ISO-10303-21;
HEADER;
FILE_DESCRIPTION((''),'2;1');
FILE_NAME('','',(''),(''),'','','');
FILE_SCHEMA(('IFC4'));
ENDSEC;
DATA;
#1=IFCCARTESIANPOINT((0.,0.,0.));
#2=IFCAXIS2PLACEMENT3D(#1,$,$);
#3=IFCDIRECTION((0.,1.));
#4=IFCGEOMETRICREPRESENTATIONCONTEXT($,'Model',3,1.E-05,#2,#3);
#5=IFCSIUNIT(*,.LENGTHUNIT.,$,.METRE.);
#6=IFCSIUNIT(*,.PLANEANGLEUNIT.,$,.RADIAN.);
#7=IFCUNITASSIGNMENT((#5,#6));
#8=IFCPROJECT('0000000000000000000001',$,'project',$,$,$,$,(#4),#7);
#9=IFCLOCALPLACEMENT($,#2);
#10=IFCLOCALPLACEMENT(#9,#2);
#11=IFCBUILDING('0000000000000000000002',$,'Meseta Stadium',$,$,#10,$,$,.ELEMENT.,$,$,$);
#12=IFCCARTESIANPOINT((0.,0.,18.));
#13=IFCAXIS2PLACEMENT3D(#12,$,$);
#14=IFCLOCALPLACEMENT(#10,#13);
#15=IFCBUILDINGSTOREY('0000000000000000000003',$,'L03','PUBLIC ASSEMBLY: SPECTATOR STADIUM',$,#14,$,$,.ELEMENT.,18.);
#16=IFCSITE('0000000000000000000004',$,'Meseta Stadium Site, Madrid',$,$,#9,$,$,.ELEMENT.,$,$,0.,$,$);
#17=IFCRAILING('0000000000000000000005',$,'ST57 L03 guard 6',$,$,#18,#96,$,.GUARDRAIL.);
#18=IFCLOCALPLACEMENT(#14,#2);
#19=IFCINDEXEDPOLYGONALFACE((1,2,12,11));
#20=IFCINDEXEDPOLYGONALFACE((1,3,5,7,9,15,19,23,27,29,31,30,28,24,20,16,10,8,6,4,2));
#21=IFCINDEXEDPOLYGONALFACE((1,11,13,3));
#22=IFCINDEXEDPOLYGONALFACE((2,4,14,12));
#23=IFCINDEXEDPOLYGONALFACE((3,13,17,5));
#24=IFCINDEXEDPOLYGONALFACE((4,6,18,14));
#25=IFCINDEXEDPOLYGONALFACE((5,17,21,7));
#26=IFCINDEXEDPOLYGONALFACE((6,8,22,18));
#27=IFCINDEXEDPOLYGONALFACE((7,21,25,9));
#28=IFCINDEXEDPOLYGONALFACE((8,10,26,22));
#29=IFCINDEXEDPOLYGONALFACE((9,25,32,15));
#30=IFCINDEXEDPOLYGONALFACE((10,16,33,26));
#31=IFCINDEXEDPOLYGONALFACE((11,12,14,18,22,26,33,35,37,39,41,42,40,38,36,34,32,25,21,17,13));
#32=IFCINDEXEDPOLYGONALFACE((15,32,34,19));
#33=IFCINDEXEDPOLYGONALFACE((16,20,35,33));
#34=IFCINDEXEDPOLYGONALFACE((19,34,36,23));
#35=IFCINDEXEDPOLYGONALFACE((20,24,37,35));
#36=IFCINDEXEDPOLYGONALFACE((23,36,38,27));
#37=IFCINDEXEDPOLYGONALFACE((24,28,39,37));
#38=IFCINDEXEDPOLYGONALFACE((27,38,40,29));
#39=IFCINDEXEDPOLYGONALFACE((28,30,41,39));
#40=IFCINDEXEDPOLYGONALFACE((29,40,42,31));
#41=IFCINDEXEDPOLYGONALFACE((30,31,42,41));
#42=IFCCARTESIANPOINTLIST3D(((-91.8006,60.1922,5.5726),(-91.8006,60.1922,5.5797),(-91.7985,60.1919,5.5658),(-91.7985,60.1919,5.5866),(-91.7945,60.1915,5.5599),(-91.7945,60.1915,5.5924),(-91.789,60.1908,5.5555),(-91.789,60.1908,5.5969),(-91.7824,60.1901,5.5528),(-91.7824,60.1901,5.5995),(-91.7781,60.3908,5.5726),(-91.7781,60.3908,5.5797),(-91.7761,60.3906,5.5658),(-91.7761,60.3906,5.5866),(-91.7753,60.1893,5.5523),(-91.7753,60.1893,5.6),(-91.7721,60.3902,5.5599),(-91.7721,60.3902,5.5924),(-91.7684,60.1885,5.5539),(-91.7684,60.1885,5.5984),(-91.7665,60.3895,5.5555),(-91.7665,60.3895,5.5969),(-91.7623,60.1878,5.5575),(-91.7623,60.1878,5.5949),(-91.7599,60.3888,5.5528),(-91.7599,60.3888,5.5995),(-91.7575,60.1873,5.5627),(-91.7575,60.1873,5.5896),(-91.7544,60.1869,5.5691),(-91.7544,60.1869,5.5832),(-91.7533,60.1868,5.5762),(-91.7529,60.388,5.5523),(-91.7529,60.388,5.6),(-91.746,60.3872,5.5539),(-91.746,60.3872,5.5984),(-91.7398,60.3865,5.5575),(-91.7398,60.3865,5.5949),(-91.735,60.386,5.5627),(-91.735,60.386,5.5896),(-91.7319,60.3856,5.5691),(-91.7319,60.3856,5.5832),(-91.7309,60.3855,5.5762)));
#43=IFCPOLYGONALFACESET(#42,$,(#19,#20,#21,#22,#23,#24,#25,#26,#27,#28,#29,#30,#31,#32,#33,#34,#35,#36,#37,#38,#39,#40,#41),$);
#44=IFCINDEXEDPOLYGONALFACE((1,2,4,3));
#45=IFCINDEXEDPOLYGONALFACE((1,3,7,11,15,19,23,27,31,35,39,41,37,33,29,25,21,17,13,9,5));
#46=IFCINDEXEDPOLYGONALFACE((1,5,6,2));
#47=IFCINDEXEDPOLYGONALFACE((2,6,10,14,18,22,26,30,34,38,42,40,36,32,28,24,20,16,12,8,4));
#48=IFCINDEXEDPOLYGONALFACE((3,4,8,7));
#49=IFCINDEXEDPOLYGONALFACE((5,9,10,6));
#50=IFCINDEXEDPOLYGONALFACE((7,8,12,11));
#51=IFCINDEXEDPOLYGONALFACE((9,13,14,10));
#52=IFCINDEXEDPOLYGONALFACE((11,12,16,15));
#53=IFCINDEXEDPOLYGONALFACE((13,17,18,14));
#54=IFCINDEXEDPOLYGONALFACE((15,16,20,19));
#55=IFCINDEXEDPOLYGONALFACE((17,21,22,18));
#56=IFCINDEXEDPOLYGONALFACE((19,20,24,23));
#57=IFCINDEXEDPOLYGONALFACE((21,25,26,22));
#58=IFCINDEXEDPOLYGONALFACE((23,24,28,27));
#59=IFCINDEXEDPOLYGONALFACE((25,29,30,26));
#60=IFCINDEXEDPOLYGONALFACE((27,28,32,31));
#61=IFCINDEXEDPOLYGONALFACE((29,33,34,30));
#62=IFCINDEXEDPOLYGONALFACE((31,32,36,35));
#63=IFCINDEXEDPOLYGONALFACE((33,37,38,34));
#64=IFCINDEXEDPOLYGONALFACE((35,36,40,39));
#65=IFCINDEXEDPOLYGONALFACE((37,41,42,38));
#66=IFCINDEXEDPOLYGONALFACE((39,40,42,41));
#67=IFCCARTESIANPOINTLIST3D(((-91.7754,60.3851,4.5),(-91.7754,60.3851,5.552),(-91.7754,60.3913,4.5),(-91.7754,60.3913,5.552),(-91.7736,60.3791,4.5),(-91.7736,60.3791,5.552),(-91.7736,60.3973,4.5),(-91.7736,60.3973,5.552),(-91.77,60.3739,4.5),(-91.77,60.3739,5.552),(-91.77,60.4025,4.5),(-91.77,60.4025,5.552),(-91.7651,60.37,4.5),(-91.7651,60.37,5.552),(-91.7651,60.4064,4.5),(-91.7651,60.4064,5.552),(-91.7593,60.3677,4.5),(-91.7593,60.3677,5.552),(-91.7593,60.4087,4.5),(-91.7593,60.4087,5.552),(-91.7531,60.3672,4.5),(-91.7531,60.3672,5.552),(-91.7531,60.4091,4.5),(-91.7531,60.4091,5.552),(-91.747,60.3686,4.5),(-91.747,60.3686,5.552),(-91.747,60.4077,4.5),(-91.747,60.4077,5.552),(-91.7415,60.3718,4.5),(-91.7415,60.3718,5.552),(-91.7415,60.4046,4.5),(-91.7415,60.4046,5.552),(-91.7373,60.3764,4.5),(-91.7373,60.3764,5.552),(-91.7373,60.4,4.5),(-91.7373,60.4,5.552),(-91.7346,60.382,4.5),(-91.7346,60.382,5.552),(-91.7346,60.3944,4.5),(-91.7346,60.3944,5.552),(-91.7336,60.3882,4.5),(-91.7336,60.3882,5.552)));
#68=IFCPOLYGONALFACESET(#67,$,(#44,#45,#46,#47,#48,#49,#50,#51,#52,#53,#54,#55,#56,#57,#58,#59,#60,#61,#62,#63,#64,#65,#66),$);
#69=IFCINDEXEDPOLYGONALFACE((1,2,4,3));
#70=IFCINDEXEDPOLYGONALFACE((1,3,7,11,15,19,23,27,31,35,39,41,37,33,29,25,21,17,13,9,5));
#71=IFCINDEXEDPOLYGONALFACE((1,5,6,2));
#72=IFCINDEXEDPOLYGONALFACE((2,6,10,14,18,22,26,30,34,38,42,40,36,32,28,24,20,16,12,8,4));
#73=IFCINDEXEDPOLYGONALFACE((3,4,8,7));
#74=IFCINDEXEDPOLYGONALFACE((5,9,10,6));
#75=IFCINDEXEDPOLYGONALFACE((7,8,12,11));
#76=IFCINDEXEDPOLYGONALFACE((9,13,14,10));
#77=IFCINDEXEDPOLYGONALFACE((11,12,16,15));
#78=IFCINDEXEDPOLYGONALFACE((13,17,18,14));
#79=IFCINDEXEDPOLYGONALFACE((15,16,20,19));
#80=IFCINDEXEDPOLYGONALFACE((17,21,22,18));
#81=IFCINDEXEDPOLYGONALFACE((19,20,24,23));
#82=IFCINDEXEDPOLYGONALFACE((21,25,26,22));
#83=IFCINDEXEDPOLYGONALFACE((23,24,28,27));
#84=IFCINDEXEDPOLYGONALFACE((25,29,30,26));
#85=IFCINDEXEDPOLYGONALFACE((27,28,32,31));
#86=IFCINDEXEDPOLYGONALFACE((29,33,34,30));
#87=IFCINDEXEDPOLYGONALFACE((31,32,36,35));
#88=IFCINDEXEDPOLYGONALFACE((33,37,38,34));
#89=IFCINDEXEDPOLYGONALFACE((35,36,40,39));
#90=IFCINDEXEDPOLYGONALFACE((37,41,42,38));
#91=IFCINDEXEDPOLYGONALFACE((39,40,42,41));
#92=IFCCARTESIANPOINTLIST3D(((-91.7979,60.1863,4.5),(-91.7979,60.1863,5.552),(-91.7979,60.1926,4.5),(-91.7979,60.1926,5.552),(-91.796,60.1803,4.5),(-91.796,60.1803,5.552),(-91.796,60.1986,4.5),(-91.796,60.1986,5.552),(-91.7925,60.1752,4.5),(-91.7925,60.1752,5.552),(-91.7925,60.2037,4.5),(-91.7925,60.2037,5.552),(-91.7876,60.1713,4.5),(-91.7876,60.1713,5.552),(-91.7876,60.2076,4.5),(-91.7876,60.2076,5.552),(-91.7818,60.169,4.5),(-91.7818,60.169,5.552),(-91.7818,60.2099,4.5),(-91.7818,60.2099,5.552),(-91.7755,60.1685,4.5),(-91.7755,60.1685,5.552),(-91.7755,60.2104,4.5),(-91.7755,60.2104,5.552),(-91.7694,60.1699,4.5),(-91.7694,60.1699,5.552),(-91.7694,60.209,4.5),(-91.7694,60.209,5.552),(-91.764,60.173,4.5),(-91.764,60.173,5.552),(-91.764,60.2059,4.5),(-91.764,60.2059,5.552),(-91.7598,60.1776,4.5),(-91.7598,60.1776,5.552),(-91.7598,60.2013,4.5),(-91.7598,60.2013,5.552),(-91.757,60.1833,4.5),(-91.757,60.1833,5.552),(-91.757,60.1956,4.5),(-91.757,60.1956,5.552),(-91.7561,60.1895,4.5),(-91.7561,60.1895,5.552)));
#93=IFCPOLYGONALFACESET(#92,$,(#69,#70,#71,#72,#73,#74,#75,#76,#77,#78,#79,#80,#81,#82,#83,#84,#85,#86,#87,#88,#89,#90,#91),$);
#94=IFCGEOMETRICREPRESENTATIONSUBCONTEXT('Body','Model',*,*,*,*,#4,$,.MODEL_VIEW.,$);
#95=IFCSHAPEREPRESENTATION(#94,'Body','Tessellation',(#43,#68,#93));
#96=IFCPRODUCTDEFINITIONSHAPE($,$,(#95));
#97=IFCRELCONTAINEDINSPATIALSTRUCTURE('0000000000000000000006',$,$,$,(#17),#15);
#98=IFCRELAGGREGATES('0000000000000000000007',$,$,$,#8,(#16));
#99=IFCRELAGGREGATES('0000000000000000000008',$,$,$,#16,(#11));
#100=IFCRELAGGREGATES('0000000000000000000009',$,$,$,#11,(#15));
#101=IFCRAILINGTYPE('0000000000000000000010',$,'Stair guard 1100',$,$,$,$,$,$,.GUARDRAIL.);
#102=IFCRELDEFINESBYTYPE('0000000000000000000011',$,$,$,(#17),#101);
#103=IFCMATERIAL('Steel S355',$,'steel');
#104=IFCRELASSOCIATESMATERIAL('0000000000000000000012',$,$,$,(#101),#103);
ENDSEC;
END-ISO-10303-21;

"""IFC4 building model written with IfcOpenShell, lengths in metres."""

from ifc_helpers import new_model, si_unit, direction, frame, origin, origin_2d, place, context, subcontext, project, spatial, circle, extrude, material, type_object, element, save


model = new_model("IFC4")

# Units and contexts
model_context = context("Model", 3, precision=1e-05, world=origin(), true_north=direction((0.0, 1.0)))
body_context = subcontext(model_context, "Body", "Model", "MODEL_VIEW")
ifc_project = project(units=[si_unit("LENGTHUNIT", "METRE"), si_unit("PLANEANGLEUNIT", "RADIAN")], contexts=[model_context])

# Site, building, storey
site_placement = place(None, origin())
site = spatial("IfcSite", under=ifc_project, at=site_placement, Name="Meseta Stadium Site, Madrid", CompositionType="ELEMENT", RefElevation=0.0)
building_placement = place(site_placement, origin())
building = spatial("IfcBuilding", under=site, at=building_placement, Name="Meseta Stadium", CompositionType="ELEMENT")
storey_placement = place(building_placement, frame((0.0, 0.0, 18.0)))
storey = spatial("IfcBuildingStorey", under=building, at=storey_placement, Name="L03", Description="PUBLIC ASSEMBLY: SPECTATOR STADIUM", CompositionType="ELEMENT", Elevation=18.0)

# Railing
ifc_material_1 = material(Name="Steel S355", Category="steel")
railing_type_1 = type_object("IfcRailingType", Name="Stair guard 1100", PredefinedType="GUARDRAIL", material=ifc_material_1)
railing_1_placement = place(storey_placement, frame((-91.7546, 60.3882, 4.5)))
element("IfcRailing", 1, at=railing_1_placement, inside=storey, type_object=railing_type_1, Name="ST57 L03 guard 6", PredefinedType="GUARDRAIL", context=body_context, shape_type="SweptSolid", body=[
    extrude(circle(Radius=0.0239, at=origin_2d()), frame((0.0, 0.0, 1.0762), z_axis=(-0.112307, -0.993674, 0.0), x_axis=(0.993674, -0.112307, 0.0)), (0.0, 0.0, 1.0), 0.2),
    extrude(circle(Radius=0.021, at=origin_2d()), origin(), (0.0, 0.0, 1.0), 1.052),
    extrude(circle(Radius=0.021, at=origin_2d()), frame((-0.0225, -0.1987, 0.0)), (0.0, 0.0, 1.0), 1.052),
])

save(model, "model.ifc")
